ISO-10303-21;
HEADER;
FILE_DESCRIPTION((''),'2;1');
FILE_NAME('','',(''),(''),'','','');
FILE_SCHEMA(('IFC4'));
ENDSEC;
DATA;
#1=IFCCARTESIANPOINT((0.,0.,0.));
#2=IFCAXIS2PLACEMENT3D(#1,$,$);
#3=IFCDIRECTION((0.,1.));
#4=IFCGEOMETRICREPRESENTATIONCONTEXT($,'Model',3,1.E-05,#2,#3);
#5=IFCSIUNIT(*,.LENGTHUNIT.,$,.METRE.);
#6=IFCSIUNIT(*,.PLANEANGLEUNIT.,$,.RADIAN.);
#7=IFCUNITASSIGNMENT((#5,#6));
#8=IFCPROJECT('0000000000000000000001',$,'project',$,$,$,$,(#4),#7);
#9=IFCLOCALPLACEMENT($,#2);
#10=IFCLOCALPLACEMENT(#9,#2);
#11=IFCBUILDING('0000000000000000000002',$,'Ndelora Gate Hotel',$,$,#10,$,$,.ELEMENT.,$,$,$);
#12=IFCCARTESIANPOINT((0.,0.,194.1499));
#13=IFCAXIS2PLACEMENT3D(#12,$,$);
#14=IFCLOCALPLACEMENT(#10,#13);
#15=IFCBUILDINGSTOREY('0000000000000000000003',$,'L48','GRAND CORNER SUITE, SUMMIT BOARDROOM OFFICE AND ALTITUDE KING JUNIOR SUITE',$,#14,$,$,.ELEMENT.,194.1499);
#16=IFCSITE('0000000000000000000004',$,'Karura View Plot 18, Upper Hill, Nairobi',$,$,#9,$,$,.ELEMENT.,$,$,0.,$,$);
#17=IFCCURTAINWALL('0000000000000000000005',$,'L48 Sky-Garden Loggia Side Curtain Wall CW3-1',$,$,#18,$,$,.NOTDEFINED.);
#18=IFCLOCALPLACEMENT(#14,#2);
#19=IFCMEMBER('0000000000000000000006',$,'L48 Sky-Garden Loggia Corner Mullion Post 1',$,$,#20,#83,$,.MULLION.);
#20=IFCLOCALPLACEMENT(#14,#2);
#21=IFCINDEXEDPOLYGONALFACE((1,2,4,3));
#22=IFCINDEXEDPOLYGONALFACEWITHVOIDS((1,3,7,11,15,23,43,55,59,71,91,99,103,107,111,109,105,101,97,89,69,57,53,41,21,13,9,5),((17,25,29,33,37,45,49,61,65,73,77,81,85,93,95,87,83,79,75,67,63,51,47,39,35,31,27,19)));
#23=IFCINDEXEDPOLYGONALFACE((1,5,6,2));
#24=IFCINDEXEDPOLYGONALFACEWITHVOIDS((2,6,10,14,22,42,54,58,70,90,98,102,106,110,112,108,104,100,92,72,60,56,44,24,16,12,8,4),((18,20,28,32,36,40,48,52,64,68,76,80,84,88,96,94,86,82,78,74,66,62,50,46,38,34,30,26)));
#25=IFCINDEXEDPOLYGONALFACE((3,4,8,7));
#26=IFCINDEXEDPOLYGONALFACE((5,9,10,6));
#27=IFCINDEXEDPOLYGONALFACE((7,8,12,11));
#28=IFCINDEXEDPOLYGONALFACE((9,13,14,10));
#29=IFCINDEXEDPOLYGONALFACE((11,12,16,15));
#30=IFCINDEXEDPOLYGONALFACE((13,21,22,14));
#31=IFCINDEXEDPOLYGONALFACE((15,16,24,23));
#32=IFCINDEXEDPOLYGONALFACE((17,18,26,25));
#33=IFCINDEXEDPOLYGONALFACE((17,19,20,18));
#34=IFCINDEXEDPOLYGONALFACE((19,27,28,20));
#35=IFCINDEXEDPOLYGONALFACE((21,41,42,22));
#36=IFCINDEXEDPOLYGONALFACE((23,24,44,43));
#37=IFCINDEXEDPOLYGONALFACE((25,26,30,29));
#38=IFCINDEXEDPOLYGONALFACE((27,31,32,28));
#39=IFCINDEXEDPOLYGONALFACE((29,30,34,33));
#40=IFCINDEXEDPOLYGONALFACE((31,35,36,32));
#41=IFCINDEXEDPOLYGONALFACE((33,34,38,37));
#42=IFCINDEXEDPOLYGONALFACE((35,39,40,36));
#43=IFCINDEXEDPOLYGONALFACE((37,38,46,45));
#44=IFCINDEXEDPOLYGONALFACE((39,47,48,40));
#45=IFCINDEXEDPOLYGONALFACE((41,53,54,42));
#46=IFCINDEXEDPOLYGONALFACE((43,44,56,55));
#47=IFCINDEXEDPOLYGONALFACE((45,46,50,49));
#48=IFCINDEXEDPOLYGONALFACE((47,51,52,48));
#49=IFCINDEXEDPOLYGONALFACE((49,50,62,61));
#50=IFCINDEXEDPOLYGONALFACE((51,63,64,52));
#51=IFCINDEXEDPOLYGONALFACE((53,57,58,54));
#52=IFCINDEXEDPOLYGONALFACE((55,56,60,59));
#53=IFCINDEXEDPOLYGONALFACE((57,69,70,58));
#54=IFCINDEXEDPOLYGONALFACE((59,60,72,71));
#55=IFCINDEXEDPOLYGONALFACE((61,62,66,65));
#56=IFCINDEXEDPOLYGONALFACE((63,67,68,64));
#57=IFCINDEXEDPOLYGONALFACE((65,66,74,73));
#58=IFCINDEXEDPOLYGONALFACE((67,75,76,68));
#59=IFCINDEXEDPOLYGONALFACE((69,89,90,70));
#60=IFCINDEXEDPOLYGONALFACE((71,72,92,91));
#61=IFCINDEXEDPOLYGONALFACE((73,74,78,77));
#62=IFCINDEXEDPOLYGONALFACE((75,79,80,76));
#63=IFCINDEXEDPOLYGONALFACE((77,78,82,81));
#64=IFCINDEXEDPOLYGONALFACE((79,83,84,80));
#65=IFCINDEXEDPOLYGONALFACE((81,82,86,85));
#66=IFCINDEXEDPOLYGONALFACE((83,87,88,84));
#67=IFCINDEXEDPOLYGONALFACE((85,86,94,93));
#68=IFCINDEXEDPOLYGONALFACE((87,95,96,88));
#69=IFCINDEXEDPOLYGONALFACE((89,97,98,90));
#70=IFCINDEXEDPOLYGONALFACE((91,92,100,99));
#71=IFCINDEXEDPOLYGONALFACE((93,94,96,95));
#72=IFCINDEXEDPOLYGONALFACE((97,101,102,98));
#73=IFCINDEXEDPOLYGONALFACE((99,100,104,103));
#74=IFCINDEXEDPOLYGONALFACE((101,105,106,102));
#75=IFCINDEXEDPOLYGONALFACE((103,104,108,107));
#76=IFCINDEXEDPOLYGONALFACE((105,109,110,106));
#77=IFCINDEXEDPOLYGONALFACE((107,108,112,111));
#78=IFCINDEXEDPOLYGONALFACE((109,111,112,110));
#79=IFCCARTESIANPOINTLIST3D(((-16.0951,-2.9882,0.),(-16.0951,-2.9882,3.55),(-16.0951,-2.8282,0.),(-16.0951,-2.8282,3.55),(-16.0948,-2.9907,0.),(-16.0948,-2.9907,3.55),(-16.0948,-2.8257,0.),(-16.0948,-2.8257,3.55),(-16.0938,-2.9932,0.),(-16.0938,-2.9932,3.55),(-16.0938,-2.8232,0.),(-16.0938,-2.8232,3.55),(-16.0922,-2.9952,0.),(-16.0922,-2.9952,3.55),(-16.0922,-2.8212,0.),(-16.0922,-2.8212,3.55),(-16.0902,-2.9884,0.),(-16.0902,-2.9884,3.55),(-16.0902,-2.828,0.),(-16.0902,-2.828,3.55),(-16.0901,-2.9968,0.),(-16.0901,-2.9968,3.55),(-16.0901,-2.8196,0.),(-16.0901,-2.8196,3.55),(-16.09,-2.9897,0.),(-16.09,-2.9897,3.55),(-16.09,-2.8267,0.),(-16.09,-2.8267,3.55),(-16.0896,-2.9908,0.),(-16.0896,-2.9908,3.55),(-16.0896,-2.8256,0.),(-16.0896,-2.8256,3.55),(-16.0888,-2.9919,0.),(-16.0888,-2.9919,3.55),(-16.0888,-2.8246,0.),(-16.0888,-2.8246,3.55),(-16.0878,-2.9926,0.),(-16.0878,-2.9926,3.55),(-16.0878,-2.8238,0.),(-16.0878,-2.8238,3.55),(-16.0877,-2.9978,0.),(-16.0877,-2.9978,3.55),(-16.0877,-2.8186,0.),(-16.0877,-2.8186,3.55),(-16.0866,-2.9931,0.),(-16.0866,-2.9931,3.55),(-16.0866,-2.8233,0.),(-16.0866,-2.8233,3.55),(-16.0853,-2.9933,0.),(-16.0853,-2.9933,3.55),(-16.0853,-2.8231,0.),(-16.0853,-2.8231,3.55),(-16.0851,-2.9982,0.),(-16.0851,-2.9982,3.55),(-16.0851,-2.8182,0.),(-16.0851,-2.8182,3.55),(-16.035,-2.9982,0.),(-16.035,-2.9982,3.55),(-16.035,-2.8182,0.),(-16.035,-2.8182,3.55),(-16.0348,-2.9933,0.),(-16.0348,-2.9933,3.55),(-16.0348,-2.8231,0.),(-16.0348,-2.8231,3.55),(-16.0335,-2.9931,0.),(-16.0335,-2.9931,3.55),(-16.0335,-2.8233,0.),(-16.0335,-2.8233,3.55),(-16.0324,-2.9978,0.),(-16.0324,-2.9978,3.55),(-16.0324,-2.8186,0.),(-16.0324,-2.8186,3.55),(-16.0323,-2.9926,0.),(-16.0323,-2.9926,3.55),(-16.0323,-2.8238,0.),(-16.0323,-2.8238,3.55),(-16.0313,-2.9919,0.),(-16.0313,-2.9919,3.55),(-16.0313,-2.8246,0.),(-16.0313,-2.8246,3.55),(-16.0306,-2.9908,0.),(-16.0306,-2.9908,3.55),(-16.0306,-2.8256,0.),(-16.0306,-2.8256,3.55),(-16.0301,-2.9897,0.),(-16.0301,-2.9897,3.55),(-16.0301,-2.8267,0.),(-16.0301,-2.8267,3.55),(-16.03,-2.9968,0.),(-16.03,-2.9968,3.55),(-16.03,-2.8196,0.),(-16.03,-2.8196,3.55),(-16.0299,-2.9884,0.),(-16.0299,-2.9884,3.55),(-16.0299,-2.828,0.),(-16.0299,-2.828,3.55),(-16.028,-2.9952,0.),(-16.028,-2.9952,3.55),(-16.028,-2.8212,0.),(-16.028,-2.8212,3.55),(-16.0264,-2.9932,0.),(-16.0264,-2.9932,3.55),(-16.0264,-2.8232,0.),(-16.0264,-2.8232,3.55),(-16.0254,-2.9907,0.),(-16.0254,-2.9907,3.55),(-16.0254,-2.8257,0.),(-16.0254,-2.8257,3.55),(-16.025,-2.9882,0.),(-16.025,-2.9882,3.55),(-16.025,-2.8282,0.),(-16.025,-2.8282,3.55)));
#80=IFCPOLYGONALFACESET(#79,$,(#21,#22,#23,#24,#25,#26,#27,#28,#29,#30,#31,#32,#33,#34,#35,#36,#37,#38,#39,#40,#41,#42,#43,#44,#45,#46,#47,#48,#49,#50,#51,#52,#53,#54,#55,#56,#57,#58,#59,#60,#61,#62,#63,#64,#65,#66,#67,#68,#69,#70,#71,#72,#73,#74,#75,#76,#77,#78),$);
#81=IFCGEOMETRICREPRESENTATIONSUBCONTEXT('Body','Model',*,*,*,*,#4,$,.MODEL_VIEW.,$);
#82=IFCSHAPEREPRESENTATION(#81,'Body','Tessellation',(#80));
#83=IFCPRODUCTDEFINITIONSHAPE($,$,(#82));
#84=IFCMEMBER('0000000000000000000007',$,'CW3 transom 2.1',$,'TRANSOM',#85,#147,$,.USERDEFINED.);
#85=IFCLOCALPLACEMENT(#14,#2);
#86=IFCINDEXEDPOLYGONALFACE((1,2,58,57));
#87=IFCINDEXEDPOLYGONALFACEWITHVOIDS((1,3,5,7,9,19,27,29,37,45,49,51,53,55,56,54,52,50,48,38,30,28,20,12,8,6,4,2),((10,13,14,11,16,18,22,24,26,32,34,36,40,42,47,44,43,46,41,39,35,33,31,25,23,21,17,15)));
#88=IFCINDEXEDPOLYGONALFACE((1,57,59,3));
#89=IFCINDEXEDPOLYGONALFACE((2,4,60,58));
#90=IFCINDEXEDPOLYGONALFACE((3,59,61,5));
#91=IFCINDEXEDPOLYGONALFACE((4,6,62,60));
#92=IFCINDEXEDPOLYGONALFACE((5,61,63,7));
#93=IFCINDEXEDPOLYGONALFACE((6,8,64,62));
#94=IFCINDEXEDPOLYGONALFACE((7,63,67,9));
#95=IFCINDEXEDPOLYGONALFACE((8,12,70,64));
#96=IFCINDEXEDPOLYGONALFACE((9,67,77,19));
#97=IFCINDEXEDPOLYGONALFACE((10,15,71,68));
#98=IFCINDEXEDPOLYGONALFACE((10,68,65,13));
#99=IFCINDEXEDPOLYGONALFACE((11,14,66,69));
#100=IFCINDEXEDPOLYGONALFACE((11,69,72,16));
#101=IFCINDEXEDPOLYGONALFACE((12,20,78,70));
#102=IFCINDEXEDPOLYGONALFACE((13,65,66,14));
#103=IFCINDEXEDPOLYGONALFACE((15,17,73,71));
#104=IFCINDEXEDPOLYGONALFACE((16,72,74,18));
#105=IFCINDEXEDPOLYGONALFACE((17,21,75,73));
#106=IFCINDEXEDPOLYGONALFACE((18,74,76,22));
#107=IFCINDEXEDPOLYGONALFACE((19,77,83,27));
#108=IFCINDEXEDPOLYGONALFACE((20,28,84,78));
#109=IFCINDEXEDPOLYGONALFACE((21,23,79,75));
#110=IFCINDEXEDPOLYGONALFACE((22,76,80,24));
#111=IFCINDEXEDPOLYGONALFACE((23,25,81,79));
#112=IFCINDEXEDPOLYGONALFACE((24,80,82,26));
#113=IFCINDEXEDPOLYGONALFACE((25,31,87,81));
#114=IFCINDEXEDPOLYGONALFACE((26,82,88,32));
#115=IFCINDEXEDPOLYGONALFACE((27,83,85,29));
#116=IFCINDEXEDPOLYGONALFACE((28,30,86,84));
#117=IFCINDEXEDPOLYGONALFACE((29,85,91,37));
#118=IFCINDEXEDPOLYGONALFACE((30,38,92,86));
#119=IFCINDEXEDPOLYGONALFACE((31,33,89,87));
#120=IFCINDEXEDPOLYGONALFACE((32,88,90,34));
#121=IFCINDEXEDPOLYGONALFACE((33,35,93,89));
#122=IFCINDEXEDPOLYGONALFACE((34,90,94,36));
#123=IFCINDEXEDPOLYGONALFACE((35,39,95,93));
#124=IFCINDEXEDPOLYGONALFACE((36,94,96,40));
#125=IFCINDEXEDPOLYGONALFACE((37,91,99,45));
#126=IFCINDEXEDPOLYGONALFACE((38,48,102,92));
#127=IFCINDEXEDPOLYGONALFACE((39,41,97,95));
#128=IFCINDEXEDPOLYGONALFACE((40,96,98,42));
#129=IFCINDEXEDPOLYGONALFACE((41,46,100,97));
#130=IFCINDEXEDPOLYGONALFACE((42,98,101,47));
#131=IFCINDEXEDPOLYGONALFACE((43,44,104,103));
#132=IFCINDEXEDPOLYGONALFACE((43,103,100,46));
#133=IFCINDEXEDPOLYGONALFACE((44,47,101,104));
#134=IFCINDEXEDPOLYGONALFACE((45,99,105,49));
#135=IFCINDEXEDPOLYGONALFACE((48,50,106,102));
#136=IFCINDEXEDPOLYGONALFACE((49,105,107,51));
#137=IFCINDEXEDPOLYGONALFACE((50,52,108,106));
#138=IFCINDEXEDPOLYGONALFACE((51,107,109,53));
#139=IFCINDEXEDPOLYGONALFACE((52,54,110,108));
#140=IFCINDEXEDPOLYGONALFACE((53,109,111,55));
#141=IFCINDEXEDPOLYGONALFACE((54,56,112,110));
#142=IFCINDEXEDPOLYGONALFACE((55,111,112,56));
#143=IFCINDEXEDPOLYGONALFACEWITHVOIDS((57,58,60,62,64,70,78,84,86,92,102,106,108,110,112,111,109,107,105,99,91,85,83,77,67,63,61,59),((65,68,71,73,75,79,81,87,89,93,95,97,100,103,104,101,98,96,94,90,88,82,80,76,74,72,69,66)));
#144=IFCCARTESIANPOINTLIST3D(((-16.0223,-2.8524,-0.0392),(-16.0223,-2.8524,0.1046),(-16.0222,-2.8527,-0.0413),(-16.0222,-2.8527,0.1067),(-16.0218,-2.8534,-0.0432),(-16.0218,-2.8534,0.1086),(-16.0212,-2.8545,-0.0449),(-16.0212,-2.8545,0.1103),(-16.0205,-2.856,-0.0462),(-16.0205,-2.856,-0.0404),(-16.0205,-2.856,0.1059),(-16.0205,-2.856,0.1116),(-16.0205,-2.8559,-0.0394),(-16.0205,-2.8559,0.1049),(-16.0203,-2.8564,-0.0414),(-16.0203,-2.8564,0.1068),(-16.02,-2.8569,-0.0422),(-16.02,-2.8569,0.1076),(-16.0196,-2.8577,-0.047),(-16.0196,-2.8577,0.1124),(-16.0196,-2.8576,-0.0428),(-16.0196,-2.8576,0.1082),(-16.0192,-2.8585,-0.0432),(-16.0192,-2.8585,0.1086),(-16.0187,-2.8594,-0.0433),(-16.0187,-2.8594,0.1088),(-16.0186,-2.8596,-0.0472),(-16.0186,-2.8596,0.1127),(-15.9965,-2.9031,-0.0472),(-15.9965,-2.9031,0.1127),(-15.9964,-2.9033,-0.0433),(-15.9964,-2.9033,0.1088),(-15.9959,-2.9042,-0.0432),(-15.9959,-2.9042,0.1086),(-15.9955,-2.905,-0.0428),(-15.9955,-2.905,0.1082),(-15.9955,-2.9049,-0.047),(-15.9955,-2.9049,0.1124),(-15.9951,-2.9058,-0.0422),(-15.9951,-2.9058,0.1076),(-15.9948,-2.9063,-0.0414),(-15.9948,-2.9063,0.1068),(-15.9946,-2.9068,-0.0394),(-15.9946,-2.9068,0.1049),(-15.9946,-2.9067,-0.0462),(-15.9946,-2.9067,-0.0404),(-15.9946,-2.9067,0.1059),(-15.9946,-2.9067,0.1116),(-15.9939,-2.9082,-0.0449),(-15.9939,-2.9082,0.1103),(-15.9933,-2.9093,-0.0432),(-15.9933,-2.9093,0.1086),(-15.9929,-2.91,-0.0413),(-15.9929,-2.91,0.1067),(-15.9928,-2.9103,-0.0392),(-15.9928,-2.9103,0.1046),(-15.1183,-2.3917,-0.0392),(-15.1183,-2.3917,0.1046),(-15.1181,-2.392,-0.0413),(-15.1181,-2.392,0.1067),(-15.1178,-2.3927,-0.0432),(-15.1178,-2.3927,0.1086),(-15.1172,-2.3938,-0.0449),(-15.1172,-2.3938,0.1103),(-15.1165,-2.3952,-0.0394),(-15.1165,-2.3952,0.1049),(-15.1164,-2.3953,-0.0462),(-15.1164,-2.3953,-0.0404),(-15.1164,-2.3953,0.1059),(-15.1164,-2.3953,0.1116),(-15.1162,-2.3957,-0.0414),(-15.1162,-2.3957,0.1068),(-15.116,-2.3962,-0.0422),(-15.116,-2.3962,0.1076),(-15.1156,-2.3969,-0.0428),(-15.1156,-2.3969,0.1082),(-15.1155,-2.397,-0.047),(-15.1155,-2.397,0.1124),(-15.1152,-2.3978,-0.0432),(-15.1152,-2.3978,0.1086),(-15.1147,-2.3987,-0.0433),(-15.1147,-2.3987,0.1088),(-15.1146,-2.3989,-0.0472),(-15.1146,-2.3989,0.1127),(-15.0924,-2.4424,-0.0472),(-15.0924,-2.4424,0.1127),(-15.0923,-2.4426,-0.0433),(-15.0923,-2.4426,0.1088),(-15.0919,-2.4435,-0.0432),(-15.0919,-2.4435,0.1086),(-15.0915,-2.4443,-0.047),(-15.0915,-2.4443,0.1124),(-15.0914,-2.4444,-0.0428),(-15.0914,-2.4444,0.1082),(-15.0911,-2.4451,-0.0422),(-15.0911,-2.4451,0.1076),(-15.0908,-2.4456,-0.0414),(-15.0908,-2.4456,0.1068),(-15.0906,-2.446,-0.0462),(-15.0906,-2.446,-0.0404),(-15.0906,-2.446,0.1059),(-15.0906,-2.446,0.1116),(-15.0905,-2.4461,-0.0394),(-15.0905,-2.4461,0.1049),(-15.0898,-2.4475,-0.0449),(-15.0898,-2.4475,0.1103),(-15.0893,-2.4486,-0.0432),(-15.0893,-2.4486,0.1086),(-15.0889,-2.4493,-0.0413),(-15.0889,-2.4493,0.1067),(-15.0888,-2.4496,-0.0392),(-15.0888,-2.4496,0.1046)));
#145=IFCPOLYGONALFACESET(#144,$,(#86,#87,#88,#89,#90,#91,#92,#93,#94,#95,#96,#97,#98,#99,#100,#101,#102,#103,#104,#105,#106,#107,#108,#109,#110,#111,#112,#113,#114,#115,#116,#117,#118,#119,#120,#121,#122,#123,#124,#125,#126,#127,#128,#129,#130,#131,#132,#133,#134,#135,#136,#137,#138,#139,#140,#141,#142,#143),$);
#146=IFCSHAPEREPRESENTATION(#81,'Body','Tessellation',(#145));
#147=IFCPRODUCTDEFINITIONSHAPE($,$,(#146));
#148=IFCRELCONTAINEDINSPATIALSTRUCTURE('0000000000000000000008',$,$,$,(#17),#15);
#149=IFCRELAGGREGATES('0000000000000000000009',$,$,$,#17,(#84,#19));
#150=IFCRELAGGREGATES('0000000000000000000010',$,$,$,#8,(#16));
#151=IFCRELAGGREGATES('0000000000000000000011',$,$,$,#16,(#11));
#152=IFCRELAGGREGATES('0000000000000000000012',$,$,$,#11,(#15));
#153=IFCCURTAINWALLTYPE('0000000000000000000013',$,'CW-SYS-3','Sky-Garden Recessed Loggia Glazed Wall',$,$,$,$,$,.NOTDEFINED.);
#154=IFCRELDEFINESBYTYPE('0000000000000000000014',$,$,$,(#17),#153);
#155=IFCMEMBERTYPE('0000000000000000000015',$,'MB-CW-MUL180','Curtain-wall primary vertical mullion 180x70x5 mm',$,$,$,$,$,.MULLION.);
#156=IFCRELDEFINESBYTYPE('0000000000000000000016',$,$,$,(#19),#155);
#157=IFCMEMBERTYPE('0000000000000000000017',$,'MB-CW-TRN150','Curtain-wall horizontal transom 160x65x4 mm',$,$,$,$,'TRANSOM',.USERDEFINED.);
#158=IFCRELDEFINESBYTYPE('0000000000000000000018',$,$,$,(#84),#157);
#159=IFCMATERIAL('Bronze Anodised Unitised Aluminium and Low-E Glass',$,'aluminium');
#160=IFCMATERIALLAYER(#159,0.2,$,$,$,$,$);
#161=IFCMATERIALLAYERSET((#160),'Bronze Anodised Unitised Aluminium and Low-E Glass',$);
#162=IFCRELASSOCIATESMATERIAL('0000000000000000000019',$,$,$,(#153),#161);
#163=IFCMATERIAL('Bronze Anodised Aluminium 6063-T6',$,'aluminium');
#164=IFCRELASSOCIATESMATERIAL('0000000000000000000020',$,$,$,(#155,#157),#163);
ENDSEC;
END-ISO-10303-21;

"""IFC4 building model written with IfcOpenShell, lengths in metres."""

from ifc_helpers import new_model, si_unit, direction, frame, origin, origin_2d, place, context, subcontext, project, spatial, hollow_rectangle, extrude, material, layer, layer_set, material_profile, profile_set, type_object, element, aggregate, save


model = new_model("IFC4")

# Units and contexts
model_context = context("Model", 3, precision=1e-05, world=origin(), true_north=direction((0.0, 1.0)))
body_context = subcontext(model_context, "Body", "Model", "MODEL_VIEW")
ifc_project = project(units=[si_unit("LENGTHUNIT", "METRE"), si_unit("PLANEANGLEUNIT", "RADIAN")], contexts=[model_context])

# Site, building, storey
site_placement = place(None, origin())
site = spatial("IfcSite", under=ifc_project, at=site_placement, Name="Karura View Plot 18, Upper Hill, Nairobi", CompositionType="ELEMENT", RefElevation=0.0)
building_placement = place(site_placement, origin())
building = spatial("IfcBuilding", under=site, at=building_placement, Name="Ndelora Gate Hotel", CompositionType="ELEMENT")
storey_placement = place(building_placement, frame((0.0, 0.0, 194.1499)))
storey = spatial("IfcBuildingStorey", under=building, at=storey_placement, Name="L48", Description="GRAND CORNER SUITE, SUMMIT BOARDROOM OFFICE AND ALTITUDE KING JUNIOR SUITE", CompositionType="ELEMENT", Elevation=194.1499)

# Curtain wall, members
ifc_material_1 = material(Name="Bronze Anodised Unitised Aluminium and Low-E Glass", Category="aluminium")
ifc_layer_1 = layer(ifc_material_1, 0.2)
ifc_layer_set_1 = layer_set([ifc_layer_1], Name="Bronze Anodised Unitised Aluminium and Low-E Glass")
curtain_wall_type = type_object("IfcCurtainWallType", Name="CW-SYS-3", Description="Sky-Garden Recessed Loggia Glazed Wall", PredefinedType="NOTDEFINED", material=ifc_layer_set_1)
curtain_wall_placement = place(storey_placement, origin())
curtain_wall = element("IfcCurtainWall", 1, at=curtain_wall_placement, inside=storey, type_object=curtain_wall_type, Name="L48 Sky-Garden Loggia Side Curtain Wall CW3-1", PredefinedType="NOTDEFINED")
ifc_material_2 = material(Name="Bronze Anodised Aluminium 6063-T6", Category="aluminium")
ifc_material_profile_1 = material_profile(ifc_material_2, hollow_rectangle(XDim=0.0701, YDim=0.1799, WallThickness=0.0049, InnerFilletRadius=0.0049, OuterFilletRadius=0.01, at=origin_2d()), Name="ALU 180x70x5")
ifc_profile_set_1 = profile_set([ifc_material_profile_1], Name="Bronze Anodised Aluminium 6063-T6")
member_type_1 = type_object("IfcMemberType", Name="MB-CW-MUL180", Description="Curtain-wall primary vertical mullion 180x70x5 mm", PredefinedType="MULLION", material=ifc_profile_set_1)
member_1_placement = place(storey_placement, frame((-16.0601, -2.9082, 0.0), z_axis=(0.0, 0.0, 1.0), x_axis=(1.0, 0.0, 0.0)))
member_1 = element("IfcMember", 2, at=member_1_placement, type_object=member_type_1, Name="L48 Sky-Garden Loggia Corner Mullion Post 1", PredefinedType="MULLION", context=body_context, shape_type="SweptSolid", body=[
    extrude(hollow_rectangle(XDim=0.0701, YDim=0.1799, WallThickness=0.0049, InnerFilletRadius=0.0049, OuterFilletRadius=0.01, at=origin_2d()), origin(), (0.0, 0.0, 1.0), 3.55),
])
ifc_material_profile_2 = material_profile(ifc_material_2, hollow_rectangle(XDim=0.0649, YDim=0.1599, WallThickness=0.0039, InnerFilletRadius=0.0039, OuterFilletRadius=0.0081, at=origin_2d()), Name="ALU 160x65x4")
ifc_profile_set_2 = profile_set([ifc_material_profile_2], Name="Bronze Anodised Aluminium 6063-T6")
member_type_2 = type_object("IfcMemberType", Name="MB-CW-TRN150", Description="Curtain-wall horizontal transom 160x65x4 mm", ElementType="TRANSOM", PredefinedType="USERDEFINED", material=ifc_profile_set_2)
member_2_placement = place(storey_placement, frame((-15.1035, -2.4207, 0.0327), z_axis=(-0.890984, -0.454034, 0.0), x_axis=(0.454034, -0.890984, 0.0)))
member_2 = element("IfcMember", 3, at=member_2_placement, type_object=member_type_2, Name="CW3 transom 2.1", ObjectType="TRANSOM", PredefinedType="USERDEFINED", context=body_context, shape_type="SweptSolid", body=[
    extrude(hollow_rectangle(XDim=0.0649, YDim=0.1599, WallThickness=0.0039, InnerFilletRadius=0.0039, OuterFilletRadius=0.0081, at=origin_2d()), origin(), (0.0, 0.0, 1.0), 1.0146),
])
aggregate(curtain_wall, [member_2, member_1])

save(model, "model.ifc")
